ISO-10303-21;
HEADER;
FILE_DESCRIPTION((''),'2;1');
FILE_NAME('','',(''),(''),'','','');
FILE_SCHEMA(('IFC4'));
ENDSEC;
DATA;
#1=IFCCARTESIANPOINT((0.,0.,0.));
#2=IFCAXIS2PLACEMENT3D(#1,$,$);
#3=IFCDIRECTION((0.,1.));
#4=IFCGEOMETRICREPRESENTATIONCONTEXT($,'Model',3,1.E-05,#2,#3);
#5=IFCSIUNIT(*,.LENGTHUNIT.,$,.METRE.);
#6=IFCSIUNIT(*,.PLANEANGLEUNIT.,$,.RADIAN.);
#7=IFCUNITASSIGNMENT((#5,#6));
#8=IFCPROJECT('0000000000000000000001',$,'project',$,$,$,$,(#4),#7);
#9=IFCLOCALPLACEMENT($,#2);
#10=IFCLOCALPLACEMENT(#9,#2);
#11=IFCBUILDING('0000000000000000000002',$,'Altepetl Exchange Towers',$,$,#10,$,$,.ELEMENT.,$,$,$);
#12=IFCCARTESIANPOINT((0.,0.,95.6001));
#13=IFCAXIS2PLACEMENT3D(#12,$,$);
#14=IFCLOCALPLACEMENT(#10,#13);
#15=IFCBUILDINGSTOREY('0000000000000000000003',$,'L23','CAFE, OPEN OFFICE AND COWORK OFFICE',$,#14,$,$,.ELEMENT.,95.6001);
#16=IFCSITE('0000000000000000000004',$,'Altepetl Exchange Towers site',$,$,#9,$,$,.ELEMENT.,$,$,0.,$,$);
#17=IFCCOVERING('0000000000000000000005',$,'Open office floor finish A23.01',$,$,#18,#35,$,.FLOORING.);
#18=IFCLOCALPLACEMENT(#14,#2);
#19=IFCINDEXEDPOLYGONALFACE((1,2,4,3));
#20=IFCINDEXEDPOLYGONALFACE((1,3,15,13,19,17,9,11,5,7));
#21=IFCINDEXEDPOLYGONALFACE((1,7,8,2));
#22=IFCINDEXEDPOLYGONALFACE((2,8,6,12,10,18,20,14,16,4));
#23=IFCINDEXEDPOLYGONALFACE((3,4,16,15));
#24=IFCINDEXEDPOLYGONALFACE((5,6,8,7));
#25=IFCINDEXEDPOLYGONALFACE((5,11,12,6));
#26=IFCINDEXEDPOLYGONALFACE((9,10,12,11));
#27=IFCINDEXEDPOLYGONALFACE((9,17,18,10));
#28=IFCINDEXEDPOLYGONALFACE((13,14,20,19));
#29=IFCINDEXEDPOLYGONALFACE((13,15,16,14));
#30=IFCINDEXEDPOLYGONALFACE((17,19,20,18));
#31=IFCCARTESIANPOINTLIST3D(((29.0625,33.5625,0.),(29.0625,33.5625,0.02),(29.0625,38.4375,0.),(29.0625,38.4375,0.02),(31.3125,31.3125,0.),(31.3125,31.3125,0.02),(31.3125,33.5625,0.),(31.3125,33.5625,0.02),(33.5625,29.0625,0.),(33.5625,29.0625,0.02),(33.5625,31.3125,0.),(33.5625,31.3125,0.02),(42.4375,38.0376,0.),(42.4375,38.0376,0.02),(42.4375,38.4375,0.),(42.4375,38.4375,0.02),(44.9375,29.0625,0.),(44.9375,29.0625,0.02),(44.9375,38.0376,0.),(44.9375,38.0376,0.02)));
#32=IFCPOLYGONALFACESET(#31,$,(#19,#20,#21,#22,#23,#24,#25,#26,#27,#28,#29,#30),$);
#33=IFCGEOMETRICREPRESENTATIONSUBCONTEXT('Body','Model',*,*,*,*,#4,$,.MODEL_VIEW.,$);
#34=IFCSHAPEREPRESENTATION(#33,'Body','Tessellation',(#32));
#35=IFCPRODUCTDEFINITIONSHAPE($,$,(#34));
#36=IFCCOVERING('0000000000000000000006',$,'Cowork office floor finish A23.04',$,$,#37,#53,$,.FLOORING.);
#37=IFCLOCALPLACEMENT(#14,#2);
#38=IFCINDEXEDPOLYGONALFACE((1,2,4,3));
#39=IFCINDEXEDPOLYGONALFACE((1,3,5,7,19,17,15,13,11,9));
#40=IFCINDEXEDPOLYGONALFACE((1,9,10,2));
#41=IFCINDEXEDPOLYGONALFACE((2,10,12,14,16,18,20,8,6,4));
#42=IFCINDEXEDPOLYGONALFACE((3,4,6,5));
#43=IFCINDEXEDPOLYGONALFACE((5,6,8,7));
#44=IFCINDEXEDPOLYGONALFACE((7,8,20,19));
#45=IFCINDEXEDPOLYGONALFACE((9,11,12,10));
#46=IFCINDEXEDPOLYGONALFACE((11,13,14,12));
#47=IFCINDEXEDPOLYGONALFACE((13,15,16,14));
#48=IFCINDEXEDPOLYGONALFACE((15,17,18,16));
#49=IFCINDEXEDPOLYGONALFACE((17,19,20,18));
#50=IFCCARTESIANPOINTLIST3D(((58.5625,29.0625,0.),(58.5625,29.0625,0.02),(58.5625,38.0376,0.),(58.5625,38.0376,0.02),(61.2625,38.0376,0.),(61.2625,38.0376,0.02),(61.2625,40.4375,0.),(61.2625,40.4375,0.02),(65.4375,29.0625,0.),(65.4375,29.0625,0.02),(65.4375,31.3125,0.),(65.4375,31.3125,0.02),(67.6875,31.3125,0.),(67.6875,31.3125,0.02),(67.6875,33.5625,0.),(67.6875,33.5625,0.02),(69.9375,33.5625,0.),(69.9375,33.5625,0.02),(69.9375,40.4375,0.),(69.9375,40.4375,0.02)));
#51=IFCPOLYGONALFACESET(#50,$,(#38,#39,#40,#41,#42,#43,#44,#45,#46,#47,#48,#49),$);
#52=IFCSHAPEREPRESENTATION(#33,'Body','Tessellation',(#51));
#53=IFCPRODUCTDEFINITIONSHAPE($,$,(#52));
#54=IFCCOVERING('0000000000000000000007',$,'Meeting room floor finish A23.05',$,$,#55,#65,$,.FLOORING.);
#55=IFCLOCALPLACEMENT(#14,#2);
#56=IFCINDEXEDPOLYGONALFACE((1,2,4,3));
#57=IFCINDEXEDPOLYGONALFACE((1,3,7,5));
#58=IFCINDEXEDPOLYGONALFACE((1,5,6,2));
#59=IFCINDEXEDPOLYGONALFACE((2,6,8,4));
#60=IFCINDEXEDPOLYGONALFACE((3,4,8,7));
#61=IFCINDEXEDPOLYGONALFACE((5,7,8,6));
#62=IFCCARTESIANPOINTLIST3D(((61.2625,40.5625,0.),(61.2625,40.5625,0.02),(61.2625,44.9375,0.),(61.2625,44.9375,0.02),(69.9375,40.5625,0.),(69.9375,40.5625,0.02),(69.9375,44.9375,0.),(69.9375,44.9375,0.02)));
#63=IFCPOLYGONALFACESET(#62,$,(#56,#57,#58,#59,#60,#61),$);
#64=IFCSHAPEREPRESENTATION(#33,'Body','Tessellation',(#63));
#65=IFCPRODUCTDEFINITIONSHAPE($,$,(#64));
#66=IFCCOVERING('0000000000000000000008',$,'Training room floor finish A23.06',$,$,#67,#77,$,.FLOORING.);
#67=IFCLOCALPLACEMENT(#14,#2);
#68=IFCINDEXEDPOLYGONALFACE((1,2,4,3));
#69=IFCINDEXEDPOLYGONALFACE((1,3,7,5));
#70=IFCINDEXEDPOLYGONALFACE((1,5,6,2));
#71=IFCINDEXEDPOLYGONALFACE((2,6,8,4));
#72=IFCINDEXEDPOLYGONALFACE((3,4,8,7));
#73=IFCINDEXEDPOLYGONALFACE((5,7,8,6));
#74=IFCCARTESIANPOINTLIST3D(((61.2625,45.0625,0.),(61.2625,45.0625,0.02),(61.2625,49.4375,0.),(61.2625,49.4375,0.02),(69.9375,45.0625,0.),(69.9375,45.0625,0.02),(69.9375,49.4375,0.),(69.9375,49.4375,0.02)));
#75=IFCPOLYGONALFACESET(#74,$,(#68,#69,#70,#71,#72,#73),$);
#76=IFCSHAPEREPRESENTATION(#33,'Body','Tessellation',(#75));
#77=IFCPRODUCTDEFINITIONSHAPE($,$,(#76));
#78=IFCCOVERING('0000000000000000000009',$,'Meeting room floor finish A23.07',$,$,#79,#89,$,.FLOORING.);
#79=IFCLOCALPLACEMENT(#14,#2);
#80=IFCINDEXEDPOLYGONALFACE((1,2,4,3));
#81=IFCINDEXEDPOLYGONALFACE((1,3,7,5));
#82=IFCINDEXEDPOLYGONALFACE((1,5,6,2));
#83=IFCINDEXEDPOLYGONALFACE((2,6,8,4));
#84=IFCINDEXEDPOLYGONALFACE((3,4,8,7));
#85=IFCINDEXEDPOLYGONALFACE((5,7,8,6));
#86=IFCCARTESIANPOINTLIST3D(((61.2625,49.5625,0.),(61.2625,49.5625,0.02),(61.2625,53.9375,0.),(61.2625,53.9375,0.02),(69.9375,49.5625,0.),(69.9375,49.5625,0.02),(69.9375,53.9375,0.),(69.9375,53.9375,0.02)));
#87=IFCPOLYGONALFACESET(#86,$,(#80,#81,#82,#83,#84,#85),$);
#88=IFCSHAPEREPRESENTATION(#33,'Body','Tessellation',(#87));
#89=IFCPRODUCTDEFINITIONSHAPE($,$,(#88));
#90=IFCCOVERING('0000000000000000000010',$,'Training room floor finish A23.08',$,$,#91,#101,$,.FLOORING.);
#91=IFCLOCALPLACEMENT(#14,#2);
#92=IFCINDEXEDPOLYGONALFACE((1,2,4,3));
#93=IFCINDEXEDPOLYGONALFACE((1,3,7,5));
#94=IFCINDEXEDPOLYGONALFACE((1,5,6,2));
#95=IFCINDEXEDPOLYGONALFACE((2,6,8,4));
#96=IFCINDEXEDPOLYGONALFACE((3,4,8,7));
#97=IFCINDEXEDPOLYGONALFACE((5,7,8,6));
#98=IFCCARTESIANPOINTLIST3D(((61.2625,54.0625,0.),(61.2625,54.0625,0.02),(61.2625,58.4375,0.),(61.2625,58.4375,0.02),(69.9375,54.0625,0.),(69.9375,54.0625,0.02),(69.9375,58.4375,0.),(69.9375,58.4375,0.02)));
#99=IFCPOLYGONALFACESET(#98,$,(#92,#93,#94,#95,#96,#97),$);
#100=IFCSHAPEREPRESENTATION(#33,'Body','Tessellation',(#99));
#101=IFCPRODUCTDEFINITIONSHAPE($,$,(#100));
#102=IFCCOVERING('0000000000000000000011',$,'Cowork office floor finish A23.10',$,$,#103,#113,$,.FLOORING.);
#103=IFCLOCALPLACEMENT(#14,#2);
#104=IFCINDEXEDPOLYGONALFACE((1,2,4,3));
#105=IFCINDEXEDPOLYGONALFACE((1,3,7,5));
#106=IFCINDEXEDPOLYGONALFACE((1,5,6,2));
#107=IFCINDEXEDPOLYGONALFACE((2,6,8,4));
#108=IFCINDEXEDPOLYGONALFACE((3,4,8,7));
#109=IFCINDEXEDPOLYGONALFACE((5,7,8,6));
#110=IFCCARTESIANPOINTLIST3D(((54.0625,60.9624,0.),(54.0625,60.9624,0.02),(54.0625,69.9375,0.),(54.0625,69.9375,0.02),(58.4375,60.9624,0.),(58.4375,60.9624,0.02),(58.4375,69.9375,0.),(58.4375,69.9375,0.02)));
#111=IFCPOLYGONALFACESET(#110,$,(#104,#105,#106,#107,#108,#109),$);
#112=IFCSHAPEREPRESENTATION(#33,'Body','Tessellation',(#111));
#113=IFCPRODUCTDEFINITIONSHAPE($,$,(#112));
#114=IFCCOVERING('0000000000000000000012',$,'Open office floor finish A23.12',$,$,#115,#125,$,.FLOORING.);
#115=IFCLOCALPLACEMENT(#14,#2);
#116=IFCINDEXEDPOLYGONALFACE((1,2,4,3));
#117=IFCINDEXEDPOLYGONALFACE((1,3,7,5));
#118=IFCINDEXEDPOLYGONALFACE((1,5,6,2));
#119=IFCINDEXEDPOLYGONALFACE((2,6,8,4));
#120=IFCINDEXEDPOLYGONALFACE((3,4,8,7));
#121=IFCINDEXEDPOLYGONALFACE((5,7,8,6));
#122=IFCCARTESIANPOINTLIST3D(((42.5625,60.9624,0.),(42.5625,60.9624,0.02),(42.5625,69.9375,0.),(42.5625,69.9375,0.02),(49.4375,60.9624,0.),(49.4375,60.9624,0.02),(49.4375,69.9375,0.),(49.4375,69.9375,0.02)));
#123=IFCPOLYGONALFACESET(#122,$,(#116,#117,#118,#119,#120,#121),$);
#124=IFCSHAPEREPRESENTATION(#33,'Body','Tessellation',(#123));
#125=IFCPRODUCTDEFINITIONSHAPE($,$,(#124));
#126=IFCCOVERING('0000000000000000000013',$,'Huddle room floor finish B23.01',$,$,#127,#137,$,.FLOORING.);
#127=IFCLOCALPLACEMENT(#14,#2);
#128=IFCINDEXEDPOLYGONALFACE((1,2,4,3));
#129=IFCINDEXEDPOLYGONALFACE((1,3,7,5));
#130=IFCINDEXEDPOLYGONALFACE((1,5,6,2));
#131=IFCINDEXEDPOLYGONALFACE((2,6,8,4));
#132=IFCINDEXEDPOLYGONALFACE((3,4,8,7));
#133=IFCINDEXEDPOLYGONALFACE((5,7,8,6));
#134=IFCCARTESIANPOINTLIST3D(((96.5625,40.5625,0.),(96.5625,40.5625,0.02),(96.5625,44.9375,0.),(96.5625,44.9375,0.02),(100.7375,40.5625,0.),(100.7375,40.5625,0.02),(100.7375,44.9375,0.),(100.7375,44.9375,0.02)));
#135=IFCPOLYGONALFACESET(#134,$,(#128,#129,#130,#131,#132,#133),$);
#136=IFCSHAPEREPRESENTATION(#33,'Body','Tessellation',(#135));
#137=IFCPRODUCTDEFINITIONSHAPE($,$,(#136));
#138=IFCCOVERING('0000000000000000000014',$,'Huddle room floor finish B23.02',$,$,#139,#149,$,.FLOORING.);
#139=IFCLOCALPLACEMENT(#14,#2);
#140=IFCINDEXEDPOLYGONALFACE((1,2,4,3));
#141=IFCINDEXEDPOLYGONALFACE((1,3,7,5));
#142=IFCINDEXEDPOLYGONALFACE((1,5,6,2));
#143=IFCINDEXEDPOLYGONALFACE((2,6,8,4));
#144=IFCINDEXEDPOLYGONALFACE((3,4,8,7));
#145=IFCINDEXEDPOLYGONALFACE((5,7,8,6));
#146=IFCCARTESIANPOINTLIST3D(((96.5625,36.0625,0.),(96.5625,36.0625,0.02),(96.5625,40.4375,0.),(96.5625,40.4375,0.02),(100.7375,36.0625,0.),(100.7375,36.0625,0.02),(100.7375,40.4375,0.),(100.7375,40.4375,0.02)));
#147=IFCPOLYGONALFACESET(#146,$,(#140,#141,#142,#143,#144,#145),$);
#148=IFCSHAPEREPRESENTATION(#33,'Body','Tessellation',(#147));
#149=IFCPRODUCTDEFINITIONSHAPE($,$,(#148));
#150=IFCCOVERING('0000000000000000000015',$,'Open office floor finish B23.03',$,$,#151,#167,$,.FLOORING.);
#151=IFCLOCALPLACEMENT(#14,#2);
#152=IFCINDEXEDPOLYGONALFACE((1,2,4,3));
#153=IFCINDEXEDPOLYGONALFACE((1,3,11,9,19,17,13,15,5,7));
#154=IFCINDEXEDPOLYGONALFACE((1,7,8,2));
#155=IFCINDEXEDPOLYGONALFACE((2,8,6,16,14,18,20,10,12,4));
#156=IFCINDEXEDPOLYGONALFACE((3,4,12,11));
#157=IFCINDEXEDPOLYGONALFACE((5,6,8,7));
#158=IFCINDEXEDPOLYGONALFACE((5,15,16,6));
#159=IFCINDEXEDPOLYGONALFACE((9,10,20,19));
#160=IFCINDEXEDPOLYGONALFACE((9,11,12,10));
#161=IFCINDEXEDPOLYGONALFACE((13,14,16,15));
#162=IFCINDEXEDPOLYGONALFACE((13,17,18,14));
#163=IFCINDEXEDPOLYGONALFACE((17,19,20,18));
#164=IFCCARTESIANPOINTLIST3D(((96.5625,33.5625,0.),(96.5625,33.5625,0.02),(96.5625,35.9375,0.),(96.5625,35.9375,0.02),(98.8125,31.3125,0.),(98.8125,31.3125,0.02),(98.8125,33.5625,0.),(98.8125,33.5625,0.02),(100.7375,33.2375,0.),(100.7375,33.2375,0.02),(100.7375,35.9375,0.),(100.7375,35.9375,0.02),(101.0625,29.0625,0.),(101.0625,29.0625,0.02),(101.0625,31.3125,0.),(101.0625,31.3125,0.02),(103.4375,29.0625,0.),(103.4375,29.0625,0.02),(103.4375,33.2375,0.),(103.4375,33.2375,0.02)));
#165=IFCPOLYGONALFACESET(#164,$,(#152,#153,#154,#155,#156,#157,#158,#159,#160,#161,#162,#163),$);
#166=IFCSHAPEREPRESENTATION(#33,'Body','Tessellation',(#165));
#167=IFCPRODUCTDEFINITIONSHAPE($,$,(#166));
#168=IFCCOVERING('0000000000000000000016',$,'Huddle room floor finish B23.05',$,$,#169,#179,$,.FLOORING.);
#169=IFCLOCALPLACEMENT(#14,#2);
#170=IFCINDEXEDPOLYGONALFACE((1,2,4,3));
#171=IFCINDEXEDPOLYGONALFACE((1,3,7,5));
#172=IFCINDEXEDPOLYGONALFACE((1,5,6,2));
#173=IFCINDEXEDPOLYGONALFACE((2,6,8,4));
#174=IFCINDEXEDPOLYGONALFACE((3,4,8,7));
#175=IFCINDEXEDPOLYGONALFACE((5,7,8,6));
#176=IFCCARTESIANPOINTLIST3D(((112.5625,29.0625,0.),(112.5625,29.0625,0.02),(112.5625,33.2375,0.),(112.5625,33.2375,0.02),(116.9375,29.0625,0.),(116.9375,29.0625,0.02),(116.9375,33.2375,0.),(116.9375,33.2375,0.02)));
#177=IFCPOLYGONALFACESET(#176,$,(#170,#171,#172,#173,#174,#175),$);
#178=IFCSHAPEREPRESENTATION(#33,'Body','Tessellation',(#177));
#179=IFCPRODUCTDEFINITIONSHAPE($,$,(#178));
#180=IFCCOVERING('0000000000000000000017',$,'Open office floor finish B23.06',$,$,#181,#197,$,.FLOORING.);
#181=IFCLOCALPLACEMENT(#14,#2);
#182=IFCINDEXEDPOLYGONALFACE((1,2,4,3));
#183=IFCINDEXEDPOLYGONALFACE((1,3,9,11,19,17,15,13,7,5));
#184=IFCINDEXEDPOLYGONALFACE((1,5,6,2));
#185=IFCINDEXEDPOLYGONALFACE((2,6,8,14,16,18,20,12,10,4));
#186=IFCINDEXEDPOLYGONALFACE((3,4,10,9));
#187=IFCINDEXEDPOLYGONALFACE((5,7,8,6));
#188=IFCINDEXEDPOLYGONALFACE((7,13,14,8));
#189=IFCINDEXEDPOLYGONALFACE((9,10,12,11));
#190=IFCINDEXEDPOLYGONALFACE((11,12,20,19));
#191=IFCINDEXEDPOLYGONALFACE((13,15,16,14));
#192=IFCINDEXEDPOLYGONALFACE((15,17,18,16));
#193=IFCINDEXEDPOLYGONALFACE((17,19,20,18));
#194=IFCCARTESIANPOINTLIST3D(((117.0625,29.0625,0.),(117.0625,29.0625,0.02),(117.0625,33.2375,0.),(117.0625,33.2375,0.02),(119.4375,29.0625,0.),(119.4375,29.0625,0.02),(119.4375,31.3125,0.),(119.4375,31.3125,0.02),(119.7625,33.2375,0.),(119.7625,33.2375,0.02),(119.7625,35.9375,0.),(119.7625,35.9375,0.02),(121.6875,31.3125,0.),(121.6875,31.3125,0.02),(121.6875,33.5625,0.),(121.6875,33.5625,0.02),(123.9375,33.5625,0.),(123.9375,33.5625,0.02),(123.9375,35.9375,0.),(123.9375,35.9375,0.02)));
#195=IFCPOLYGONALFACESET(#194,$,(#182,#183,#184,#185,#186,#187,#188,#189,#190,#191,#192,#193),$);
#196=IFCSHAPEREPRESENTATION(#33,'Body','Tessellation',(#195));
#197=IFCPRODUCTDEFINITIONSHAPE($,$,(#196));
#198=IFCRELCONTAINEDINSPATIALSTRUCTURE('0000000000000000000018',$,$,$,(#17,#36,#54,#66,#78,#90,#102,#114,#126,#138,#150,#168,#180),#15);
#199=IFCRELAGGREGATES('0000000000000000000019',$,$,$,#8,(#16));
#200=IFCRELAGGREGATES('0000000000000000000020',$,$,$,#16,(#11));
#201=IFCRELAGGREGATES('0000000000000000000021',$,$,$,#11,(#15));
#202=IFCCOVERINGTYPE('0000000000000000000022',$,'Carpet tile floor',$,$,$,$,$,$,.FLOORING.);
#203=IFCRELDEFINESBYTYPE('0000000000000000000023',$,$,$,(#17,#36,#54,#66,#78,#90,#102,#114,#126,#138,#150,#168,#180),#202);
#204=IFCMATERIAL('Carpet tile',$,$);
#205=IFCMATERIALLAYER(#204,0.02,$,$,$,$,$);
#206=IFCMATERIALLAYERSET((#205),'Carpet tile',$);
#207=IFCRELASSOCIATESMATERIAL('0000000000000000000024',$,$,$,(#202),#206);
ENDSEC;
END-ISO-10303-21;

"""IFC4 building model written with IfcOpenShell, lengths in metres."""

from ifc_helpers import new_model, si_unit, direction, frame, origin, place, context, subcontext, project, spatial, polyline, outline, extrude, material, layer, layer_set, type_object, element, save


model = new_model("IFC4")

# Units and contexts
model_context = context("Model", 3, precision=1e-05, world=origin(), true_north=direction((0.0, 1.0)))
body_context = subcontext(model_context, "Body", "Model", "MODEL_VIEW")
ifc_project = project(units=[si_unit("LENGTHUNIT", "METRE"), si_unit("PLANEANGLEUNIT", "RADIAN")], contexts=[model_context])

# Site, building, storey
site_placement = place(None, origin())
site = spatial("IfcSite", under=ifc_project, at=site_placement, Name="Altepetl Exchange Towers site", CompositionType="ELEMENT", RefElevation=0.0)
building_placement = place(site_placement, origin())
building = spatial("IfcBuilding", under=site, at=building_placement, Name="Altepetl Exchange Towers", CompositionType="ELEMENT")
storey_placement = place(building_placement, frame((0.0, 0.0, 95.6001)))
storey = spatial("IfcBuildingStorey", under=building, at=storey_placement, Name="L23", Description="CAFE, OPEN OFFICE AND COWORK OFFICE", CompositionType="ELEMENT", Elevation=95.6001)

# Coverings
ifc_material_1 = material(Name="Carpet tile")
ifc_layer_1 = layer(ifc_material_1, 0.02)
ifc_layer_set_1 = layer_set([ifc_layer_1], Name="Carpet tile")
covering_type_1 = type_object("IfcCoveringType", Name="Carpet tile floor", PredefinedType="FLOORING", material=ifc_layer_set_1)
covering_1_placement = place(storey_placement, origin())
element("IfcCovering", 1, at=covering_1_placement, inside=storey, type_object=covering_type_1, Name="Open office floor finish A23.01", PredefinedType="FLOORING", context=body_context, shape_type="SweptSolid", body=[
    extrude(outline(polyline([(33.5625, 29.0625), (44.9375, 29.0625), (44.9375, 38.0376), (42.4375, 38.0376), (42.4375, 38.4375), (29.0625, 38.4375), (29.0625, 33.5625), (31.3125, 33.5625), (31.3125, 31.3125), (33.5625, 31.3125), (33.5625, 29.0625)])), origin(), (0.0, 0.0, 1.0), 0.02),
])
covering_2_placement = place(storey_placement, origin())
element("IfcCovering", 2, at=covering_2_placement, inside=storey, type_object=covering_type_1, Name="Cowork office floor finish A23.04", PredefinedType="FLOORING", context=body_context, shape_type="SweptSolid", body=[
    extrude(outline(polyline([(58.5625, 38.0376), (58.5625, 29.0625), (65.4375, 29.0625), (65.4375, 31.3125), (67.6875, 31.3125), (67.6875, 33.5625), (69.9375, 33.5625), (69.9375, 40.4375), (61.2625, 40.4375), (61.2625, 38.0376), (58.5625, 38.0376)])), origin(), (0.0, 0.0, 1.0), 0.02),
])
covering_3_placement = place(storey_placement, origin())
element("IfcCovering", 3, at=covering_3_placement, inside=storey, type_object=covering_type_1, Name="Meeting room floor finish A23.05", PredefinedType="FLOORING", context=body_context, shape_type="SweptSolid", body=[
    extrude(outline(polyline([(69.9375, 44.9375), (61.2625, 44.9375), (61.2625, 40.5625), (69.9375, 40.5625), (69.9375, 44.9375)])), origin(), (0.0, 0.0, 1.0), 0.02),
])
covering_4_placement = place(storey_placement, origin())
element("IfcCovering", 4, at=covering_4_placement, inside=storey, type_object=covering_type_1, Name="Training room floor finish A23.06", PredefinedType="FLOORING", context=body_context, shape_type="SweptSolid", body=[
    extrude(outline(polyline([(69.9375, 49.4375), (61.2625, 49.4375), (61.2625, 45.0625), (69.9375, 45.0625), (69.9375, 49.4375)])), origin(), (0.0, 0.0, 1.0), 0.02),
])
covering_5_placement = place(storey_placement, origin())
element("IfcCovering", 5, at=covering_5_placement, inside=storey, type_object=covering_type_1, Name="Meeting room floor finish A23.07", PredefinedType="FLOORING", context=body_context, shape_type="SweptSolid", body=[
    extrude(outline(polyline([(69.9375, 53.9375), (61.2625, 53.9375), (61.2625, 49.5625), (69.9375, 49.5625), (69.9375, 53.9375)])), origin(), (0.0, 0.0, 1.0), 0.02),
])
covering_6_placement = place(storey_placement, origin())
element("IfcCovering", 6, at=covering_6_placement, inside=storey, type_object=covering_type_1, Name="Training room floor finish A23.08", PredefinedType="FLOORING", context=body_context, shape_type="SweptSolid", body=[
    extrude(outline(polyline([(69.9375, 58.4375), (61.2625, 58.4375), (61.2625, 54.0625), (69.9375, 54.0625), (69.9375, 58.4375)])), origin(), (0.0, 0.0, 1.0), 0.02),
])
covering_7_placement = place(storey_placement, origin())
element("IfcCovering", 7, at=covering_7_placement, inside=storey, type_object=covering_type_1, Name="Cowork office floor finish A23.10", PredefinedType="FLOORING", context=body_context, shape_type="SweptSolid", body=[
    extrude(outline(polyline([(58.4375, 60.9624), (58.4375, 69.9375), (54.0625, 69.9375), (54.0625, 60.9624), (58.4375, 60.9624)])), origin(), (0.0, 0.0, 1.0), 0.02),
])
covering_8_placement = place(storey_placement, origin())
element("IfcCovering", 8, at=covering_8_placement, inside=storey, type_object=covering_type_1, Name="Open office floor finish A23.12", PredefinedType="FLOORING", context=body_context, shape_type="SweptSolid", body=[
    extrude(outline(polyline([(49.4375, 60.9624), (49.4375, 69.9375), (42.5625, 69.9375), (42.5625, 60.9624), (49.4375, 60.9624)])), origin(), (0.0, 0.0, 1.0), 0.02),
])
covering_9_placement = place(storey_placement, origin())
element("IfcCovering", 9, at=covering_9_placement, inside=storey, type_object=covering_type_1, Name="Huddle room floor finish B23.01", PredefinedType="FLOORING", context=body_context, shape_type="SweptSolid", body=[
    extrude(outline(polyline([(100.7375, 44.9375), (96.5625, 44.9375), (96.5625, 40.5625), (100.7375, 40.5625), (100.7375, 44.9375)])), origin(), (0.0, 0.0, 1.0), 0.02),
])
covering_10_placement = place(storey_placement, origin())
element("IfcCovering", 10, at=covering_10_placement, inside=storey, type_object=covering_type_1, Name="Huddle room floor finish B23.02", PredefinedType="FLOORING", context=body_context, shape_type="SweptSolid", body=[
    extrude(outline(polyline([(100.7375, 40.4375), (96.5625, 40.4375), (96.5625, 36.0625), (100.7375, 36.0625), (100.7375, 40.4375)])), origin(), (0.0, 0.0, 1.0), 0.02),
])
covering_11_placement = place(storey_placement, origin())
element("IfcCovering", 11, at=covering_11_placement, inside=storey, type_object=covering_type_1, Name="Open office floor finish B23.03", PredefinedType="FLOORING", context=body_context, shape_type="SweptSolid", body=[
    extrude(outline(polyline([(100.7375, 35.9375), (96.5625, 35.9375), (96.5625, 33.5625), (98.8125, 33.5625), (98.8125, 31.3125), (101.0625, 31.3125), (101.0625, 29.0625), (103.4375, 29.0625), (103.4375, 33.2375), (100.7375, 33.2375), (100.7375, 35.9375)])), origin(), (0.0, 0.0, 1.0), 0.02),
])
covering_12_placement = place(storey_placement, origin())
element("IfcCovering", 12, at=covering_12_placement, inside=storey, type_object=covering_type_1, Name="Huddle room floor finish B23.05", PredefinedType="FLOORING", context=body_context, shape_type="SweptSolid", body=[
    extrude(outline(polyline([(112.5625, 33.2375), (112.5625, 29.0625), (116.9375, 29.0625), (116.9375, 33.2375), (112.5625, 33.2375)])), origin(), (0.0, 0.0, 1.0), 0.02),
])
covering_13_placement = place(storey_placement, origin())
element("IfcCovering", 13, at=covering_13_placement, inside=storey, type_object=covering_type_1, Name="Open office floor finish B23.06", PredefinedType="FLOORING", context=body_context, shape_type="SweptSolid", body=[
    extrude(outline(polyline([(117.0625, 33.2375), (117.0625, 29.0625), (119.4375, 29.0625), (119.4375, 31.3125), (121.6875, 31.3125), (121.6875, 33.5625), (123.9375, 33.5625), (123.9375, 35.9375), (119.7625, 35.9375), (119.7625, 33.2375), (117.0625, 33.2375)])), origin(), (0.0, 0.0, 1.0), 0.02),
])

save(model, "model.ifc")
